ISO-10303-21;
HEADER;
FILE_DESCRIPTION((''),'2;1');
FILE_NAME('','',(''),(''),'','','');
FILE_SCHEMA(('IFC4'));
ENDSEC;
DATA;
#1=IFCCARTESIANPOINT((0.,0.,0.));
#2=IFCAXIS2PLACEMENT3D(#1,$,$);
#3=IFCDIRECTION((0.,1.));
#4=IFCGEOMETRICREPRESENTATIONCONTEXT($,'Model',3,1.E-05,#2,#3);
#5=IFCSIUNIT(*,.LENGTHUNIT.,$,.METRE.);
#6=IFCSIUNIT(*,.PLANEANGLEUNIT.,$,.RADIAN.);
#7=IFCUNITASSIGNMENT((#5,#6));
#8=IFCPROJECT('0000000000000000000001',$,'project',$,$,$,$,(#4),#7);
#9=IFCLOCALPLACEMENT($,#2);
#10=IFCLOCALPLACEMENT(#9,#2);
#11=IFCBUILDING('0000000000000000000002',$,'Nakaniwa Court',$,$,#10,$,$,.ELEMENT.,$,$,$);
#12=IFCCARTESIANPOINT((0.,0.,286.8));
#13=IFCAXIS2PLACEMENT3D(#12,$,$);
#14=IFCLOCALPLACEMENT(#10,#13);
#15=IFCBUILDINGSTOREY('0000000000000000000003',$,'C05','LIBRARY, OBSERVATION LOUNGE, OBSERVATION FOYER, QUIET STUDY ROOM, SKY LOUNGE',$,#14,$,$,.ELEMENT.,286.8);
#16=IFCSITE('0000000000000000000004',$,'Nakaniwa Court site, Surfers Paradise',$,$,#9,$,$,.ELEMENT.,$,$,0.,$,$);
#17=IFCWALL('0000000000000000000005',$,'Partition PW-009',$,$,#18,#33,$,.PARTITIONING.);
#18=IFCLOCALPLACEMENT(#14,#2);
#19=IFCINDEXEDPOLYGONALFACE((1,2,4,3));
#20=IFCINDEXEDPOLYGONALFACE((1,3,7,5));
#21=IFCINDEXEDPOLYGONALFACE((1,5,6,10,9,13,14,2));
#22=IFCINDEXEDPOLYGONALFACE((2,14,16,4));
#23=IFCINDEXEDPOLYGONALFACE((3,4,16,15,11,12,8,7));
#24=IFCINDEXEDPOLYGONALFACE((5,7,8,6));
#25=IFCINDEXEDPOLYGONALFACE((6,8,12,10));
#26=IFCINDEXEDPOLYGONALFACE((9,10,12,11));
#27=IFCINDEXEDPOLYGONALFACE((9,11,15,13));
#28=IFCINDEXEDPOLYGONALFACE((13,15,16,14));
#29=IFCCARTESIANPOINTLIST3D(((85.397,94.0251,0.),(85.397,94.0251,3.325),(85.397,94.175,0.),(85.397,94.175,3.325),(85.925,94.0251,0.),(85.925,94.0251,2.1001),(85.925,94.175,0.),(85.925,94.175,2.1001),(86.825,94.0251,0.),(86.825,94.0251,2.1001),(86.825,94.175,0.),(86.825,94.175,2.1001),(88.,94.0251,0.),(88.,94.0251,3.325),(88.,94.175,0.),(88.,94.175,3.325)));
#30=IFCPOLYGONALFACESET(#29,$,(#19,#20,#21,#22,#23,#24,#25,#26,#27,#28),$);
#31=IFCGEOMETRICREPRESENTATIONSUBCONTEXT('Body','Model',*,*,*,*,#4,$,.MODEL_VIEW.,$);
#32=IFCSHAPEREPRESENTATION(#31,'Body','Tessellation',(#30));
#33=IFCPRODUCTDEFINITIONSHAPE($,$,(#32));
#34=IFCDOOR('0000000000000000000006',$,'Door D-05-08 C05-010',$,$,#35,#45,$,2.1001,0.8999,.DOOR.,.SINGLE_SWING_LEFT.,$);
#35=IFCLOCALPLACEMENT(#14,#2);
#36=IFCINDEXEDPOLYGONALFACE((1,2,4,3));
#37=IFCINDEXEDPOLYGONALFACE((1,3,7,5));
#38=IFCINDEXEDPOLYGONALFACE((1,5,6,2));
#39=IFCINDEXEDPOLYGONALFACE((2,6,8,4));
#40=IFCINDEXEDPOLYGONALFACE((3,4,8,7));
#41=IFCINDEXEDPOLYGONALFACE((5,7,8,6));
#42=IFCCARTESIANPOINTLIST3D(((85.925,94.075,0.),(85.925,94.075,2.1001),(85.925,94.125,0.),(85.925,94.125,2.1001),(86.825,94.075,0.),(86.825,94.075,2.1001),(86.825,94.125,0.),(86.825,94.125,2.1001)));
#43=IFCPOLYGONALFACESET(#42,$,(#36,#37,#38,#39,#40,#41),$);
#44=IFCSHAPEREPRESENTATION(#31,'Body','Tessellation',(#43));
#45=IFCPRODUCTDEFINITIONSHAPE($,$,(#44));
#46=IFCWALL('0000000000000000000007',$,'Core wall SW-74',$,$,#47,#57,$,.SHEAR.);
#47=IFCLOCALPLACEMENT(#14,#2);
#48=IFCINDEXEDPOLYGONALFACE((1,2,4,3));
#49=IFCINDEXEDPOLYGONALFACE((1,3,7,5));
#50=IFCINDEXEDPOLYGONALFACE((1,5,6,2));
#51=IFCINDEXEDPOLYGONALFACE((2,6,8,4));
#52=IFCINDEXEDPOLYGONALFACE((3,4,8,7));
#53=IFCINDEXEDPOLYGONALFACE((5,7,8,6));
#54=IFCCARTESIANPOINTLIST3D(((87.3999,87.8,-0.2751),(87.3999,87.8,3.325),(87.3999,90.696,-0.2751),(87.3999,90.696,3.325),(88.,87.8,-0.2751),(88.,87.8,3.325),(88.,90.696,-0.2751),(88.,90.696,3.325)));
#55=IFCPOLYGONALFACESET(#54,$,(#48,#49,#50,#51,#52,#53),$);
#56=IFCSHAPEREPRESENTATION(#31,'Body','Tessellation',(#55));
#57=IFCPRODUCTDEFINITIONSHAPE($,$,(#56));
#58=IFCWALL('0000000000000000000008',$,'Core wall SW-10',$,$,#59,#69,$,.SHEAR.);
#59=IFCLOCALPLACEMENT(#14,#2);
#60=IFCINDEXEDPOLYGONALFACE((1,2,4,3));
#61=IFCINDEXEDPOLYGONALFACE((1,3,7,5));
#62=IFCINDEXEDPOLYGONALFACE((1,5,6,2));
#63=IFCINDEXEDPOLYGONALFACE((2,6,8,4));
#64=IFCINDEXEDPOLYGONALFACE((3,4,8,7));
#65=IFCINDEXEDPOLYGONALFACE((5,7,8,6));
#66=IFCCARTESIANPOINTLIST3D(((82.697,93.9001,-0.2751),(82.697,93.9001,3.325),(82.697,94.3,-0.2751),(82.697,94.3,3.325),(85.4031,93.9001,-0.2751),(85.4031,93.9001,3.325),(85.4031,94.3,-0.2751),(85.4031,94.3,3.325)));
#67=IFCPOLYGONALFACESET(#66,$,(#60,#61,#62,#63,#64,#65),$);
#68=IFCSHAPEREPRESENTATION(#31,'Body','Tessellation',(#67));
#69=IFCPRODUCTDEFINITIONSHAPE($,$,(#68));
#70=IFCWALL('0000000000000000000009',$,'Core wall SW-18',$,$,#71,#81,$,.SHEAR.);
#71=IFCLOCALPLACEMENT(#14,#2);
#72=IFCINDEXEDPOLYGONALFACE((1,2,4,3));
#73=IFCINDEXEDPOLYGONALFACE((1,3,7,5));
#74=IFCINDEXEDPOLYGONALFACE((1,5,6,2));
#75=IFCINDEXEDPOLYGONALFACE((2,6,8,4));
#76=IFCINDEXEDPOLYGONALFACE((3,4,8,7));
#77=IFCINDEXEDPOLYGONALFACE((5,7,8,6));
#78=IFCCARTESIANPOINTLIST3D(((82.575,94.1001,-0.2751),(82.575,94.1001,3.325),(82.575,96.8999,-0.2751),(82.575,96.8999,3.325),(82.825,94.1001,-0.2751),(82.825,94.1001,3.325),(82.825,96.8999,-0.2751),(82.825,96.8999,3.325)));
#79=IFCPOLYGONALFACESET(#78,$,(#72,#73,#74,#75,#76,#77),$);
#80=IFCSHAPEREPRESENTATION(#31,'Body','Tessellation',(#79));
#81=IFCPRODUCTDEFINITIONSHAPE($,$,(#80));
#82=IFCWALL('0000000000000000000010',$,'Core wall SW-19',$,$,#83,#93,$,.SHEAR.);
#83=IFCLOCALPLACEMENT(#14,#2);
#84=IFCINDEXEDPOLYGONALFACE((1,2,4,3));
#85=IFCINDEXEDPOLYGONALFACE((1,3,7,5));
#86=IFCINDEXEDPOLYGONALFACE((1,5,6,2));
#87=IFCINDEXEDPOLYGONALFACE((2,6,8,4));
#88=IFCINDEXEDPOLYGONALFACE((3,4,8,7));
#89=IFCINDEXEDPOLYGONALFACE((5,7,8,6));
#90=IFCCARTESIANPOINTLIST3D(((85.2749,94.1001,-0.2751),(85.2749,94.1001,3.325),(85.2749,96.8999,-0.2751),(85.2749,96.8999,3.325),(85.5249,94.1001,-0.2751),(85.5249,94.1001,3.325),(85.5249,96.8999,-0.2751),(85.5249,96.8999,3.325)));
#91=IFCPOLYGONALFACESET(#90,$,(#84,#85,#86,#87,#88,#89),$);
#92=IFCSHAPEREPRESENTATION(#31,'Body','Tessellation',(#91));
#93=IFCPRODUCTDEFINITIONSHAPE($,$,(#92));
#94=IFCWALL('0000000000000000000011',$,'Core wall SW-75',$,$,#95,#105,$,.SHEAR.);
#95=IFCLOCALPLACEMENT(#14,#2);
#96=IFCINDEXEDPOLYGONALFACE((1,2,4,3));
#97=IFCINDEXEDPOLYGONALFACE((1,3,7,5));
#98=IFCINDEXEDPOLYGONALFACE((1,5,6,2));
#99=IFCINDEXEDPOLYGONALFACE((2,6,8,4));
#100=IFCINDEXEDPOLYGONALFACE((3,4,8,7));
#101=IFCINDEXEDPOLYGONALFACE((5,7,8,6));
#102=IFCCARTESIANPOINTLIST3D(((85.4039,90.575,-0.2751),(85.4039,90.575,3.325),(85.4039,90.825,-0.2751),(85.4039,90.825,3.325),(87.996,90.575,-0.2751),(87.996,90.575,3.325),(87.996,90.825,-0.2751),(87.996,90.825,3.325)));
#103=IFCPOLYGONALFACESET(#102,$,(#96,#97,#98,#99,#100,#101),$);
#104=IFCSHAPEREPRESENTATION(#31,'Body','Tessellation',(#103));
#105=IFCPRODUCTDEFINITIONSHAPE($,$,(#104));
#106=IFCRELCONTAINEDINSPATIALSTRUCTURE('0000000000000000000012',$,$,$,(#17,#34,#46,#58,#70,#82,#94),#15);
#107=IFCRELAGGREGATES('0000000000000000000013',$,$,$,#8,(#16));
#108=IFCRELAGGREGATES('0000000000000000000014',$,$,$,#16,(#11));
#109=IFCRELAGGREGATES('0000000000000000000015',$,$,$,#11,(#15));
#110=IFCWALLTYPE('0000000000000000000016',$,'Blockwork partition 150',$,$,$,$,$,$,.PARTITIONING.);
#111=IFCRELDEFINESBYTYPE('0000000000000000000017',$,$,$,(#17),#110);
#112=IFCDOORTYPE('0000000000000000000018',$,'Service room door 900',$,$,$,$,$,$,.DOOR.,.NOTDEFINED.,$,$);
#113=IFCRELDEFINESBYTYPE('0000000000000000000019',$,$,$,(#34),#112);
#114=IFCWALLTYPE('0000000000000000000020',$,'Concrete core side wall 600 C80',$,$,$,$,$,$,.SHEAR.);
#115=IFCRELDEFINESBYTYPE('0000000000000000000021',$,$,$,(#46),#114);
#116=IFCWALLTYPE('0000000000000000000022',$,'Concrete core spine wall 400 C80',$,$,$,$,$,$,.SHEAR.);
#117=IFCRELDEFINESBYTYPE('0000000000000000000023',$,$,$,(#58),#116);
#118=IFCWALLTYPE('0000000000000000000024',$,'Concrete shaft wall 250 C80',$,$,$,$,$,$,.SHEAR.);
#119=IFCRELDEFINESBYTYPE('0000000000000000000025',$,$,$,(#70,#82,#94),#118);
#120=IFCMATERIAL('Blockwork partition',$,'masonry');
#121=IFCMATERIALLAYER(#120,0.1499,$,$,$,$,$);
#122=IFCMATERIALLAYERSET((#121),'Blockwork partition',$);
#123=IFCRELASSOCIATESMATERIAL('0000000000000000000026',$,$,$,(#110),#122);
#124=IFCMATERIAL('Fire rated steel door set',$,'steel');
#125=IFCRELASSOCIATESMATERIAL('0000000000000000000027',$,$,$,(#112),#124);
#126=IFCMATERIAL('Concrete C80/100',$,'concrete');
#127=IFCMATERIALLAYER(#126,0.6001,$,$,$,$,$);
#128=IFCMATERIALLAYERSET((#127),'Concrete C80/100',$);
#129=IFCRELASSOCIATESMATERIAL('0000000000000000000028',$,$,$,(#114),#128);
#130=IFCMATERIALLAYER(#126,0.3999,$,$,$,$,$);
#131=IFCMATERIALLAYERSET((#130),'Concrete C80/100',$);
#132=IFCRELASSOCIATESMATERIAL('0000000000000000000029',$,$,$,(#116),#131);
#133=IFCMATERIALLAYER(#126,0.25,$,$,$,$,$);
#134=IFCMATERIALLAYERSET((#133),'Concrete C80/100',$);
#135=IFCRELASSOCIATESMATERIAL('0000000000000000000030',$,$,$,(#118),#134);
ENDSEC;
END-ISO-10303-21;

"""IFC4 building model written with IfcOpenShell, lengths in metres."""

from ifc_helpers import new_model, si_unit, direction, frame, frame_2d, origin, place, context, subcontext, project, spatial, rectangle, extrude, material, layer, layer_set, type_object, element, fill, save


model = new_model("IFC4")

# Units and contexts
model_context = context("Model", 3, precision=1e-05, world=origin(), true_north=direction((0.0, 1.0)))
body_context = subcontext(model_context, "Body", "Model", "MODEL_VIEW")
ifc_project = project(units=[si_unit("LENGTHUNIT", "METRE"), si_unit("PLANEANGLEUNIT", "RADIAN")], contexts=[model_context])

# Site, building, storey
site_placement = place(None, origin())
site = spatial("IfcSite", under=ifc_project, at=site_placement, Name="Nakaniwa Court site, Surfers Paradise", CompositionType="ELEMENT", RefElevation=0.0)
building_placement = place(site_placement, origin())
building = spatial("IfcBuilding", under=site, at=building_placement, Name="Nakaniwa Court", CompositionType="ELEMENT")
storey_placement = place(building_placement, frame((0.0, 0.0, 286.8)))
storey = spatial("IfcBuildingStorey", under=building, at=storey_placement, Name="C05", Description="LIBRARY, OBSERVATION LOUNGE, OBSERVATION FOYER, QUIET STUDY ROOM, SKY LOUNGE", CompositionType="ELEMENT", Elevation=286.8)

# Shared definitions
ifc_material_1 = material(Name="Concrete C80/100", Category="concrete")

# Shared definitions
ifc_material_2 = material(Name="Blockwork partition", Category="masonry")
ifc_layer_1 = layer(ifc_material_2, 0.1499)
ifc_layer_set_1 = layer_set([ifc_layer_1], Name="Blockwork partition")
wall_type_1 = type_object("IfcWallType", Name="Blockwork partition 150", PredefinedType="PARTITIONING", material=ifc_layer_set_1)
ifc_material_3 = material(Name="Fire rated steel door set", Category="steel")
door_type_1 = type_object("IfcDoorType", Name="Service room door 900", OperationType="NOTDEFINED", PredefinedType="DOOR", material=ifc_material_3)

# Wall, opening, door
wall_1_placement = place(storey_placement, frame((85.397, 94.1001, 0.0), z_axis=(0.0, 0.0, 1.0), x_axis=(1.0, 0.0, 0.0)))
wall_1 = element("IfcWall", 1, at=wall_1_placement, inside=storey, type_object=wall_type_1, Name="Partition PW-009", PredefinedType="PARTITIONING", context=body_context, shape_type="SweptSolid", body=[
    extrude(rectangle(XDim=2.603, YDim=0.1499, at=frame_2d((1.3015, 0.0))), origin(), (0.0, 0.0, 1.0), 3.325),
])
opening_1_placement = place(wall_1_placement, frame((0.5281, 0.0, 0.0)))
opening_1 = element("IfcOpeningElement", 2, at=opening_1_placement, cuts=wall_1, PredefinedType="OPENING", context=body_context, shape_type="SweptSolid", body=[
    extrude(rectangle(XDim=0.8999, YDim=2.1001, at=frame_2d((0.45, 1.05))), frame((0.0, 0.085, 0.0), z_axis=(0.0, -1.0, 0.0), x_axis=(1.0, 0.0, 0.0)), (0.0, 0.0, 1.0), 0.1699),
])
door_1_placement = place(opening_1_placement, origin())
door_1 = element("IfcDoor", 3, at=door_1_placement, inside=storey, type_object=door_type_1, Name="Door D-05-08 C05-010", OperationType="SINGLE_SWING_LEFT", OverallHeight=2.1001, OverallWidth=0.8999, PredefinedType="DOOR", context=body_context, shape_type="SweptSolid", body=[
    extrude(rectangle(XDim=0.8999, YDim=2.1001, at=frame_2d((0.45, 1.05))), frame((0.0, 0.0249, 0.0), z_axis=(0.0, -1.0, 0.0), x_axis=(1.0, 0.0, 0.0)), (0.0, 0.0, 1.0), 0.05),
])
fill(opening_1, door_1)

# Walls
ifc_layer_2 = layer(ifc_material_1, 0.6001)
ifc_layer_set_2 = layer_set([ifc_layer_2], Name="Concrete C80/100")
wall_type_2 = type_object("IfcWallType", Name="Concrete core side wall 600 C80", PredefinedType="SHEAR", material=ifc_layer_set_2)
wall_2_placement = place(storey_placement, frame((87.7, 87.8, -0.2751), z_axis=(0.0, 0.0, 1.0), x_axis=(0.0, 1.0, 0.0)))
element("IfcWall", 4, at=wall_2_placement, inside=storey, type_object=wall_type_2, Name="Core wall SW-74", PredefinedType="SHEAR", context=body_context, shape_type="SweptSolid", body=[
    extrude(rectangle(XDim=2.896, YDim=0.6001, at=frame_2d((1.448, 0.0))), origin(), (0.0, 0.0, 1.0), 3.6001),
])
ifc_layer_3 = layer(ifc_material_1, 0.3999)
ifc_layer_set_3 = layer_set([ifc_layer_3], Name="Concrete C80/100")
wall_type_3 = type_object("IfcWallType", Name="Concrete core spine wall 400 C80", PredefinedType="SHEAR", material=ifc_layer_set_3)
wall_3_placement = place(storey_placement, frame((82.697, 94.1001, -0.2751), z_axis=(0.0, 0.0, 1.0), x_axis=(1.0, 0.0, 0.0)))
element("IfcWall", 5, at=wall_3_placement, inside=storey, type_object=wall_type_3, Name="Core wall SW-10", PredefinedType="SHEAR", context=body_context, shape_type="SweptSolid", body=[
    extrude(rectangle(XDim=2.7061, YDim=0.3999, at=frame_2d((1.353, 0.0))), origin(), (0.0, 0.0, 1.0), 3.6001),
])
ifc_layer_4 = layer(ifc_material_1, 0.25)
ifc_layer_set_4 = layer_set([ifc_layer_4], Name="Concrete C80/100")
wall_type_4 = type_object("IfcWallType", Name="Concrete shaft wall 250 C80", PredefinedType="SHEAR", material=ifc_layer_set_4)
for number, where, z_axis, x_axis, name in (
    (6, (82.7, 94.1001, -0.2751), (0.0, 0.0, 1.0), (0.0, 1.0, 0.0), "Core wall SW-18"),
    (7, (85.3999, 94.1001, -0.2751), (0.0, 0.0, 1.0), (0.0, 1.0, 0.0), "Core wall SW-19"),
):
    element("IfcWall", number, at=place(storey_placement, frame(where, z_axis=z_axis, x_axis=x_axis)), inside=storey, type_object=wall_type_4, Name=name, PredefinedType="SHEAR", context=body_context, shape_type="SweptSolid", body=[
        extrude(rectangle(XDim=2.7998, YDim=0.25, at=frame_2d((1.3999, 0.0))), origin(), (0.0, 0.0, 1.0), 3.6001),
    ])
wall_4_placement = place(storey_placement, frame((85.4041, 90.7, -0.2751), z_axis=(0.0, 0.0, 1.0), x_axis=(1.0, 0.0, 0.0)))
element("IfcWall", 8, at=wall_4_placement, inside=storey, type_object=wall_type_4, Name="Core wall SW-75", PredefinedType="SHEAR", context=body_context, shape_type="SweptSolid", body=[
    extrude(rectangle(XDim=2.592, YDim=0.25, at=frame_2d((1.2959, 0.0))), origin(), (0.0, 0.0, 1.0), 3.6001),
])

save(model, "model.ifc")
